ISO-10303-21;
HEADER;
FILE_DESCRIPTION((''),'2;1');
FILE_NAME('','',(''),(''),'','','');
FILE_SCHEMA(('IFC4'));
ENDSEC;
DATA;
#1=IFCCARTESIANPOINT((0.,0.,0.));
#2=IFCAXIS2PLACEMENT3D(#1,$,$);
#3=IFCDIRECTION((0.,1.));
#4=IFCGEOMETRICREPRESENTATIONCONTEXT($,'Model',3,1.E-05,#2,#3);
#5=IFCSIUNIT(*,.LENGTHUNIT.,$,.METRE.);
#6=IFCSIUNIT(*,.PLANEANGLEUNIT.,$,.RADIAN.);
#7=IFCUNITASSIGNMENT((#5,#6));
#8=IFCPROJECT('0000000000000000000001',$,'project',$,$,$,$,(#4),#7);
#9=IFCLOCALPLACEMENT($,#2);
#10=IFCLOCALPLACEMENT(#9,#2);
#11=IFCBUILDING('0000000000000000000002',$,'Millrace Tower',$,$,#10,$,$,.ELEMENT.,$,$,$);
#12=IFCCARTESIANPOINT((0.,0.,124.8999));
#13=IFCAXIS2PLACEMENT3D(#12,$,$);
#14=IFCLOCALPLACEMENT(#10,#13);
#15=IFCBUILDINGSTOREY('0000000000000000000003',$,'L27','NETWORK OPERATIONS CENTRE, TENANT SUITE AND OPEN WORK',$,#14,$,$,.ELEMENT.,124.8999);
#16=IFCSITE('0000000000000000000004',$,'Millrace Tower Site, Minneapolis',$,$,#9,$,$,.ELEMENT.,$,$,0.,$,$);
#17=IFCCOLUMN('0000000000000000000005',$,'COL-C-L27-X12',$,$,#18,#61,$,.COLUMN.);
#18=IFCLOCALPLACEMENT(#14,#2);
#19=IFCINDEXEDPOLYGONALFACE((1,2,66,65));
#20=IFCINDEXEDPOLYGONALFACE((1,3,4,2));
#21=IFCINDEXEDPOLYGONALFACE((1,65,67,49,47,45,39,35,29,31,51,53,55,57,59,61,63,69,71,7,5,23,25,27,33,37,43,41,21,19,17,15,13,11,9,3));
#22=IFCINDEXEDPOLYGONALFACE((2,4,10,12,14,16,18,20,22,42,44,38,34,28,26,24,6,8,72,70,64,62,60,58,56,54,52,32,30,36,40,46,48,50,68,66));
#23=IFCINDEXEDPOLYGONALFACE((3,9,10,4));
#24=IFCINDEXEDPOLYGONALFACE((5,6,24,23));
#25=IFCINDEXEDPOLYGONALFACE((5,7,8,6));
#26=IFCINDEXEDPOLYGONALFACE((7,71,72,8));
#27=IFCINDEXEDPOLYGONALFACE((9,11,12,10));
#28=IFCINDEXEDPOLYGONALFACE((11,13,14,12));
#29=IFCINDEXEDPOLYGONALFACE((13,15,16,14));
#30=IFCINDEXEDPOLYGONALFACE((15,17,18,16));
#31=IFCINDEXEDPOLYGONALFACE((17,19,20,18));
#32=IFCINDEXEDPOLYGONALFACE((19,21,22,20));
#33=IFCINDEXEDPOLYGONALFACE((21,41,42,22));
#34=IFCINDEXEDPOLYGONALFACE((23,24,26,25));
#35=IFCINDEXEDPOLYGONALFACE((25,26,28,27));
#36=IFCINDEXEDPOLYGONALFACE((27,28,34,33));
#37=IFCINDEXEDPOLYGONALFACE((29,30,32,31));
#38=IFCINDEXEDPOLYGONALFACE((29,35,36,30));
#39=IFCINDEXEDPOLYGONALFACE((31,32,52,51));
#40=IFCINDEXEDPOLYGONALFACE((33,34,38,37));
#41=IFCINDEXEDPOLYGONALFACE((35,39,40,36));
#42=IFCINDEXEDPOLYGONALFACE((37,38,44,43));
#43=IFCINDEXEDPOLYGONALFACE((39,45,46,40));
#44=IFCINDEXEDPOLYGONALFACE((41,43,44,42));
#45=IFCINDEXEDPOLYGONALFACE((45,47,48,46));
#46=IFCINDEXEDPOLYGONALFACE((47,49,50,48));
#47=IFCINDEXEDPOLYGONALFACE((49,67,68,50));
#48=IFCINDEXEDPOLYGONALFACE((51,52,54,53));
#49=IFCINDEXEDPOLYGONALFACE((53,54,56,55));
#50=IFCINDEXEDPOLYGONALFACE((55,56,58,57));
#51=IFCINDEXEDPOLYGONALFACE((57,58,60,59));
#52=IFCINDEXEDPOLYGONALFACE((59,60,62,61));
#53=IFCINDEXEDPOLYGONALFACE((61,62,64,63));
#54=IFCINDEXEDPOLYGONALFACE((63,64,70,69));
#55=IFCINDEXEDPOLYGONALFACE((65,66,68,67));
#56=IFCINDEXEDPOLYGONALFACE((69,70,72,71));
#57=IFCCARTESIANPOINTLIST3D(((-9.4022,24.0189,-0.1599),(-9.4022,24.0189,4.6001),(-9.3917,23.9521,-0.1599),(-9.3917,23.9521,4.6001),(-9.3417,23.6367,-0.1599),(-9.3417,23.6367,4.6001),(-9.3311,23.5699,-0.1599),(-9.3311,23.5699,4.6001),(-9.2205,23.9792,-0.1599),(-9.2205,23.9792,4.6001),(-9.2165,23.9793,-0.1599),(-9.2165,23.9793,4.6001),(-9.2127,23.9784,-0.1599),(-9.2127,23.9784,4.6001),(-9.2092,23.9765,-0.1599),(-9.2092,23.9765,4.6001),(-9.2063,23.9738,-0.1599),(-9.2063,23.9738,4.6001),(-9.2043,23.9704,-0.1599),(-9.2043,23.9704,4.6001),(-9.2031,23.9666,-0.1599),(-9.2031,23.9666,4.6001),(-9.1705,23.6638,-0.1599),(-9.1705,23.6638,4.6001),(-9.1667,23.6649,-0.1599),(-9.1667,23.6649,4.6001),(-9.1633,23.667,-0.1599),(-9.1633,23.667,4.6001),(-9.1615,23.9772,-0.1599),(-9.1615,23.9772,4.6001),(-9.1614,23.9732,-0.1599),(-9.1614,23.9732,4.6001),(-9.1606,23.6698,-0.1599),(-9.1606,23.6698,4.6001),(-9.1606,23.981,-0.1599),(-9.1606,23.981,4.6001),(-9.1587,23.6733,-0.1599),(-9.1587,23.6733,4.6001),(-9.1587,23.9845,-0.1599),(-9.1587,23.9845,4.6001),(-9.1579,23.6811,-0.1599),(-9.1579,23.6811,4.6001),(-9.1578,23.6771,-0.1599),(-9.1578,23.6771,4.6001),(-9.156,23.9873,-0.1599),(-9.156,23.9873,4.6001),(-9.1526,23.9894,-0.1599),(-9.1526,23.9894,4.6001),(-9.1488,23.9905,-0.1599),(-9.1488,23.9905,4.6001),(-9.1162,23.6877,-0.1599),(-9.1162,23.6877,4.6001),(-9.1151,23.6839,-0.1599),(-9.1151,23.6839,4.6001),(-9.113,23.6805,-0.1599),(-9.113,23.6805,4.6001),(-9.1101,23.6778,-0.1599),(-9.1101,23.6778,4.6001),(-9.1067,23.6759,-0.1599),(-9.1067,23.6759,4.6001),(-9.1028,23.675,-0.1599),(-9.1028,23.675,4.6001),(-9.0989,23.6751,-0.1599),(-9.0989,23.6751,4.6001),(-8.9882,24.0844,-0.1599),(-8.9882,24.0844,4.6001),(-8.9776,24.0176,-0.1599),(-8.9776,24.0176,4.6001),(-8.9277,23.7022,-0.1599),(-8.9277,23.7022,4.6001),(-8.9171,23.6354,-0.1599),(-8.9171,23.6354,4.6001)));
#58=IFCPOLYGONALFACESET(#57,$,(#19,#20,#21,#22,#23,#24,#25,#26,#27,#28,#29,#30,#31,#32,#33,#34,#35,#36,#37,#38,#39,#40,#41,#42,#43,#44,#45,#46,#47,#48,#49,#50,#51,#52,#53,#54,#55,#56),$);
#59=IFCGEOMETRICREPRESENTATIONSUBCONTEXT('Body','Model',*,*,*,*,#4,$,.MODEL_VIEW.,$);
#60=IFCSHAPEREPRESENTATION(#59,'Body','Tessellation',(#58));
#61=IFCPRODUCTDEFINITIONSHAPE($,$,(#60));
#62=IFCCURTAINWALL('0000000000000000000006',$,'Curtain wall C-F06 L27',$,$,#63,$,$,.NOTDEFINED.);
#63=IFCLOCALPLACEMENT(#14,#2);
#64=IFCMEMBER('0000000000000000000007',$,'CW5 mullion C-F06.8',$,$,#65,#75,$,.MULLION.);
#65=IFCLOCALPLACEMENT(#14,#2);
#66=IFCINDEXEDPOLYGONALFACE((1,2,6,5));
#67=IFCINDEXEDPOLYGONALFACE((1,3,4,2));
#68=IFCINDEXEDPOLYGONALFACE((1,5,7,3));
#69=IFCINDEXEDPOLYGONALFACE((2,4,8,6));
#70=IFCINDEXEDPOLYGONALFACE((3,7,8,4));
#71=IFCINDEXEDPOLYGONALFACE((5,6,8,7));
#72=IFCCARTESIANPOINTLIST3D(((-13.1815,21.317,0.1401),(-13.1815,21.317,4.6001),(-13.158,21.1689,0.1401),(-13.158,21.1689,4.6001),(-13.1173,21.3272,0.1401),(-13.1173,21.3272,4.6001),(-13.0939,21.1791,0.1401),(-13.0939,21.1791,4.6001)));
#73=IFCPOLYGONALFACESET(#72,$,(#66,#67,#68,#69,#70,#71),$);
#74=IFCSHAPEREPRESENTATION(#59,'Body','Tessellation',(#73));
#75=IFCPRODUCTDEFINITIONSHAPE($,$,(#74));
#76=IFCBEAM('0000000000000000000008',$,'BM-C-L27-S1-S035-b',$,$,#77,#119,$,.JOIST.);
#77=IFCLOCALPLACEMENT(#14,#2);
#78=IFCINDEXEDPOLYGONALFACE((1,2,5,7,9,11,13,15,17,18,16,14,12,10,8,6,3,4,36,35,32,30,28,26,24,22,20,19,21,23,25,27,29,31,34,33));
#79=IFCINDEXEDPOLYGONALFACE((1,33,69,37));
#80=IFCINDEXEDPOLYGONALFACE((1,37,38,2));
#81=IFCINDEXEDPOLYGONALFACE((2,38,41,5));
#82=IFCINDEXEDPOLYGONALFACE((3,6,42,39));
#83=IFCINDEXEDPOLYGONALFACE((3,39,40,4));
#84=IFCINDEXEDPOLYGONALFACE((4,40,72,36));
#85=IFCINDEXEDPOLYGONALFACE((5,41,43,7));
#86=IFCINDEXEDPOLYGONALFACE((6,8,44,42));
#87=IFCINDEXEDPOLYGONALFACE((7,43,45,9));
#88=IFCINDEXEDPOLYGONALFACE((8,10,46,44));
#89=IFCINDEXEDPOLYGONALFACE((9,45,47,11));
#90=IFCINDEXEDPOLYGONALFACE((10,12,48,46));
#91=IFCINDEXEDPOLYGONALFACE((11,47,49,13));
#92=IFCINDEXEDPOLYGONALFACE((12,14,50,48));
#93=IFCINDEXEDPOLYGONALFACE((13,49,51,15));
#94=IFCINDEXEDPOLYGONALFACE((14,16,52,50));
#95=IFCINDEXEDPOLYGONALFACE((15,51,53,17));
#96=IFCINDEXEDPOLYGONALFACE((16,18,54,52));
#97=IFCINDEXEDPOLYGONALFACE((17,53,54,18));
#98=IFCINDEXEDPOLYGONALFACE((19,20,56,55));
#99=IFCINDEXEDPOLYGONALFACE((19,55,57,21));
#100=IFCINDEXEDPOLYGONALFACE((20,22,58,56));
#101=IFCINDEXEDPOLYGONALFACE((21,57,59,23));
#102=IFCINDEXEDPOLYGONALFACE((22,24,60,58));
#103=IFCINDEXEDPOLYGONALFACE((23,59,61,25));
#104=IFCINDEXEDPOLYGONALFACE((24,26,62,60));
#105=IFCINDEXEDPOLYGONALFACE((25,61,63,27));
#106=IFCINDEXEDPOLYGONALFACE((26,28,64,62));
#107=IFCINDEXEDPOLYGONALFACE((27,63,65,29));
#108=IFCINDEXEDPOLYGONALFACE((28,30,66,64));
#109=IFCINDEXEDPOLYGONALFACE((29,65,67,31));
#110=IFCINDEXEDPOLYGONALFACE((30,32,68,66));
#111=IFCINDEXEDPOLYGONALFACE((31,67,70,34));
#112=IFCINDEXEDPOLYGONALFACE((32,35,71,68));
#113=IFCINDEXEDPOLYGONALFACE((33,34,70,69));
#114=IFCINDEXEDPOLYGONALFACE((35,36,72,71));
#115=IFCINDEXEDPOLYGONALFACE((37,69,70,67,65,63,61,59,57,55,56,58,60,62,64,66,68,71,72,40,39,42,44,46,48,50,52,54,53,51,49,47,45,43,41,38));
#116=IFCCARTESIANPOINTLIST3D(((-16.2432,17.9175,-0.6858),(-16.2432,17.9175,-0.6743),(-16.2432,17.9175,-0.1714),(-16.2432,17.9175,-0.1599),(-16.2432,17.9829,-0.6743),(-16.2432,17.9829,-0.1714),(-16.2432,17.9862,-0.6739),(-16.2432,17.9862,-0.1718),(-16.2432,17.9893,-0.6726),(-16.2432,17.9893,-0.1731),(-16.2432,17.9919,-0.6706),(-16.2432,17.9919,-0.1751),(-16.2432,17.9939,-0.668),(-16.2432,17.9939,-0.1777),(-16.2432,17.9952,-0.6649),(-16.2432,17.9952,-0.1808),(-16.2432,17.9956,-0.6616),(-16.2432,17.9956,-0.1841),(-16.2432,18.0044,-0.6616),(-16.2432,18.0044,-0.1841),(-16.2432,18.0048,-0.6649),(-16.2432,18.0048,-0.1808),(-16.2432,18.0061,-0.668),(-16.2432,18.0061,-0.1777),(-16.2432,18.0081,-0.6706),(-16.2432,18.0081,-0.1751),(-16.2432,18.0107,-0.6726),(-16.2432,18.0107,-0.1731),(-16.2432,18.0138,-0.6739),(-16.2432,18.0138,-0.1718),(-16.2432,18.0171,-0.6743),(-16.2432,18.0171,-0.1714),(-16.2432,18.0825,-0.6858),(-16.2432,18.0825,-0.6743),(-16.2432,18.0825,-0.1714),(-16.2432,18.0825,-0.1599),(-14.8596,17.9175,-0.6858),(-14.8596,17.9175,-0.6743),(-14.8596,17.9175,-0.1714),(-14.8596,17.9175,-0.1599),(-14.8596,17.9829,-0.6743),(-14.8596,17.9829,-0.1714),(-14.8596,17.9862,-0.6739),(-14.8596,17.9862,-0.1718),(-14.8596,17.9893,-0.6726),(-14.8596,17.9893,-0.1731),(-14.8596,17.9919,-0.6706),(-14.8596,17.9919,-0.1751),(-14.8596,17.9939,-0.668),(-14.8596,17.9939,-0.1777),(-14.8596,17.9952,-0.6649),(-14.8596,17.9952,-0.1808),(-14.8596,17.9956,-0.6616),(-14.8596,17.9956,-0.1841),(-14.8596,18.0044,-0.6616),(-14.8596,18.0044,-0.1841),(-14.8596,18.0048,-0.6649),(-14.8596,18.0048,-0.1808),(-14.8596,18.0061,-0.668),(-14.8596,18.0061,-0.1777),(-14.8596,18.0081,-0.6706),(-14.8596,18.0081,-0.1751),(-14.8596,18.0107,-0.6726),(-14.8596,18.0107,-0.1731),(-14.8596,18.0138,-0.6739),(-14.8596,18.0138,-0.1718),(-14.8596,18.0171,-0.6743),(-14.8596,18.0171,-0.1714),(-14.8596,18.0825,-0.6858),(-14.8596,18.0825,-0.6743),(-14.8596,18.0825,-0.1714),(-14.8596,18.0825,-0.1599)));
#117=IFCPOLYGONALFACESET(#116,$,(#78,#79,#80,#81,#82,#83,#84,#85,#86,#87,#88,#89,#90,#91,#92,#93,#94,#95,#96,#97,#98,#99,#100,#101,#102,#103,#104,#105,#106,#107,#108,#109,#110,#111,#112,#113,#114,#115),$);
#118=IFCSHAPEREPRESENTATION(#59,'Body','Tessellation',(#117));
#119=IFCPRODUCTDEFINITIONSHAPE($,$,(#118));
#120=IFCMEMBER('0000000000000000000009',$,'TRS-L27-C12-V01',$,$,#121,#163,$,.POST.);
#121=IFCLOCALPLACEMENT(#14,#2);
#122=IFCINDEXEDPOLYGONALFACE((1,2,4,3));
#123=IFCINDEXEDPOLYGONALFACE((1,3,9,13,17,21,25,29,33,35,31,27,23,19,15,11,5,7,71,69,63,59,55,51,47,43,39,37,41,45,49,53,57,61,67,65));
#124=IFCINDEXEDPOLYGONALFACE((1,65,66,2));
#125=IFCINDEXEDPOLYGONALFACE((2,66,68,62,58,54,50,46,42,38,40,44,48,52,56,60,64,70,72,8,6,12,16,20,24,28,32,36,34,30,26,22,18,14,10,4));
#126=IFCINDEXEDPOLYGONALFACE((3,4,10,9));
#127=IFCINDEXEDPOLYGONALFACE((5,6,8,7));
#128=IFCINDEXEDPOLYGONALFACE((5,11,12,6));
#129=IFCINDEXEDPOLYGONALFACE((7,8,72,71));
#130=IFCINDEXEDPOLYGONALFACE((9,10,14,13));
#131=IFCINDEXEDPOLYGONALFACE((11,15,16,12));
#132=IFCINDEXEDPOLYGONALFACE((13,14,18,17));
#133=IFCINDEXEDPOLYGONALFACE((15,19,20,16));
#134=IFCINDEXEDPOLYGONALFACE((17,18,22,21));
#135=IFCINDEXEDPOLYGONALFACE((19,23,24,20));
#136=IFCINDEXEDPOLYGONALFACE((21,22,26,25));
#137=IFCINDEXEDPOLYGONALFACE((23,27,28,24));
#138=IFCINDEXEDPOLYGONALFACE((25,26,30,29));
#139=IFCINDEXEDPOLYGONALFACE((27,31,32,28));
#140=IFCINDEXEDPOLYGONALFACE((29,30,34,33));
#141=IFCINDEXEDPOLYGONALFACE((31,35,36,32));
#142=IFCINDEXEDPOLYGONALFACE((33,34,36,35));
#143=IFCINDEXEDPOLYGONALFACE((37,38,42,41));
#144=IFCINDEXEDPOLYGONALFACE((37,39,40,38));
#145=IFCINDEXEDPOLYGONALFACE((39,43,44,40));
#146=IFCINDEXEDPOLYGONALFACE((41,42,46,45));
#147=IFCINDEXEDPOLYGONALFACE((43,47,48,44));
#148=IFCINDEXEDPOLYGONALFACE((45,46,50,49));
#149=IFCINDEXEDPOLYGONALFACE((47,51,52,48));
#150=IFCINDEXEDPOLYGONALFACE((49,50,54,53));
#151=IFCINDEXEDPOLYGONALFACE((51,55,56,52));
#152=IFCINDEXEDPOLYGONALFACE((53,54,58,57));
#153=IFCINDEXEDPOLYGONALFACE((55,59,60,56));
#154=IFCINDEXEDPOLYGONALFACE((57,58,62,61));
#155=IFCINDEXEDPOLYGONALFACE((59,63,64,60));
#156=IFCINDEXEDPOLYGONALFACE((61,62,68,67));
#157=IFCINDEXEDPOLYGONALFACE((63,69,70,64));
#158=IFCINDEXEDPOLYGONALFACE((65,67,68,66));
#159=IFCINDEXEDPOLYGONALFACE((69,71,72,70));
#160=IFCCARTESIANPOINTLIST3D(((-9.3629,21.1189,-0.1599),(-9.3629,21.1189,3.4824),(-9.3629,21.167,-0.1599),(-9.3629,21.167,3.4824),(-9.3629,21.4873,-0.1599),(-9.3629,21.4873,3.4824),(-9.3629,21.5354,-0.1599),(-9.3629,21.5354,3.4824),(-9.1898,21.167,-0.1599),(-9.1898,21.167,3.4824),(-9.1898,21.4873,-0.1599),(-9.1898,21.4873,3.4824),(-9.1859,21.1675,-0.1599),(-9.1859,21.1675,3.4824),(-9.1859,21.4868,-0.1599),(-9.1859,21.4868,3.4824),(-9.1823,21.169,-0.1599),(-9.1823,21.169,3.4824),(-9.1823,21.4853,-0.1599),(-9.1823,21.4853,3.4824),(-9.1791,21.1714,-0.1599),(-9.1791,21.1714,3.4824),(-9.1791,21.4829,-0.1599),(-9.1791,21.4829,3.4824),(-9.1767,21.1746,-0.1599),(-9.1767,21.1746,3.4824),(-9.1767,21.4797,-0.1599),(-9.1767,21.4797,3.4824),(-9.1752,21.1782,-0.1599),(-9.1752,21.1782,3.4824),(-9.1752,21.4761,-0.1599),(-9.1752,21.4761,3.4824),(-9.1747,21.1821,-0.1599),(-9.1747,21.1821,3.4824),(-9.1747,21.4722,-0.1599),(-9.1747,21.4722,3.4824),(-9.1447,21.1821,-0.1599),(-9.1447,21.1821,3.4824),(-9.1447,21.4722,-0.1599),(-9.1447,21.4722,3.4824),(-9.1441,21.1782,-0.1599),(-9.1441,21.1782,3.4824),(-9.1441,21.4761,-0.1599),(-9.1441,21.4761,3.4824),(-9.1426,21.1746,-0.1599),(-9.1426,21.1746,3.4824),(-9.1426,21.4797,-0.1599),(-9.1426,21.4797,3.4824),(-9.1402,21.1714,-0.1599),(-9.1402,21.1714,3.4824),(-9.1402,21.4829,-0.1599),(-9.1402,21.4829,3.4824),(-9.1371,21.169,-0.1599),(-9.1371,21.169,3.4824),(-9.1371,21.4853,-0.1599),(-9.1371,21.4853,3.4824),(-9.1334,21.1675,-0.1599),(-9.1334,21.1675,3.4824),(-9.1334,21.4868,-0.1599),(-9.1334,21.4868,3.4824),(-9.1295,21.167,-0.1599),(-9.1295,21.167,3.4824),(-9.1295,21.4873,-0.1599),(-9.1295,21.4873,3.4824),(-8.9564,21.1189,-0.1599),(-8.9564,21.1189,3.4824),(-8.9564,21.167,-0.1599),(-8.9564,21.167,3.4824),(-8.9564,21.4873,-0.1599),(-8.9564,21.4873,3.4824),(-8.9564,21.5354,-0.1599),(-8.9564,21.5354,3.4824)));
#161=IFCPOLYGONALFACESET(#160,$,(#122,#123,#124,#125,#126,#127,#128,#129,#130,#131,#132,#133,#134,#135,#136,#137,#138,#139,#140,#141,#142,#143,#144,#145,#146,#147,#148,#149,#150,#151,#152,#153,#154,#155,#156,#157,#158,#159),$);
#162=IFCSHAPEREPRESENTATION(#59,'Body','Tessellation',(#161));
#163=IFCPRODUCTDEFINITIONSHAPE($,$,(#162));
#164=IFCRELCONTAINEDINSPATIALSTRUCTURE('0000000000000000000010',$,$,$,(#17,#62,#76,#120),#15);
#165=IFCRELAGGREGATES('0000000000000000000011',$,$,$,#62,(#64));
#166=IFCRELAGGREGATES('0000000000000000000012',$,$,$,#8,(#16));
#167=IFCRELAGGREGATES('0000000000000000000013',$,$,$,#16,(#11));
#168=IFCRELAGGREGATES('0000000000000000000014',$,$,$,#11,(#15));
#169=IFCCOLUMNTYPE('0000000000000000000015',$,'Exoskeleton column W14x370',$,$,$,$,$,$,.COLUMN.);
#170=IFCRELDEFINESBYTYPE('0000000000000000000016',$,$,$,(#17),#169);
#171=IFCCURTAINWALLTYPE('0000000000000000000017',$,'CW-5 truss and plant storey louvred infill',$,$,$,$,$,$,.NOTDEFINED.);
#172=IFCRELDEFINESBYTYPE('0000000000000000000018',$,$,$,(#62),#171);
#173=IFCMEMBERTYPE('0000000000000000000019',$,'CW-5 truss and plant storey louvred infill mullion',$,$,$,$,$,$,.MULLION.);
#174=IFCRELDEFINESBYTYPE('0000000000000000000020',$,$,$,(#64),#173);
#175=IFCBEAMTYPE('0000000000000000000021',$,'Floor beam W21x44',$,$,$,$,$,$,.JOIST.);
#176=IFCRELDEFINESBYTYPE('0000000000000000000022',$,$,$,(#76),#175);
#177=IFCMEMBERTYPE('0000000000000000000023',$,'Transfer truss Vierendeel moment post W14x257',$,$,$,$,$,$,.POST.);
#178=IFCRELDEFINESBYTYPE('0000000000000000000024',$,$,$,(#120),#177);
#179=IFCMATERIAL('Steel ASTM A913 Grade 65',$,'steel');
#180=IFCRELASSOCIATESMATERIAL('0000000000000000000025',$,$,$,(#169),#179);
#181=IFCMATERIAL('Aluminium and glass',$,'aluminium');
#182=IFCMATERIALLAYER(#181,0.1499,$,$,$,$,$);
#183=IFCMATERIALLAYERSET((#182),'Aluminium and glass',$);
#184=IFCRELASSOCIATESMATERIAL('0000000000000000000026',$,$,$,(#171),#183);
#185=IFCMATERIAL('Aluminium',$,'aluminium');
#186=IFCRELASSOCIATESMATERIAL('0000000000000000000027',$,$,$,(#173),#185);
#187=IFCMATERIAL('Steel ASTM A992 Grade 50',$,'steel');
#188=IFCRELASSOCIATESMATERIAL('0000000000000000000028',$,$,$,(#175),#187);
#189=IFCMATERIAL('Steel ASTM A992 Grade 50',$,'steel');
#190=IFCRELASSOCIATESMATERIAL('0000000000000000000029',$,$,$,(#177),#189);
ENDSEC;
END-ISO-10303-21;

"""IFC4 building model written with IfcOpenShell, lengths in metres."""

from ifc_helpers import new_model, si_unit, direction, frame, origin, origin_2d, place, context, subcontext, project, spatial, rectangle, i_section, extrude, material, layer, layer_set, material_profile, profile_set, type_object, element, aggregate, save


model = new_model("IFC4")

# Units and contexts
model_context = context("Model", 3, precision=1e-05, world=origin(), true_north=direction((0.0, 1.0)))
body_context = subcontext(model_context, "Body", "Model", "MODEL_VIEW")
ifc_project = project(units=[si_unit("LENGTHUNIT", "METRE"), si_unit("PLANEANGLEUNIT", "RADIAN")], contexts=[model_context])

# Site, building, storey
site_placement = place(None, origin())
site = spatial("IfcSite", under=ifc_project, at=site_placement, Name="Millrace Tower Site, Minneapolis", CompositionType="ELEMENT", RefElevation=0.0)
building_placement = place(site_placement, origin())
building = spatial("IfcBuilding", under=site, at=building_placement, Name="Millrace Tower", CompositionType="ELEMENT")
storey_placement = place(building_placement, frame((0.0, 0.0, 124.8999)))
storey = spatial("IfcBuildingStorey", under=building, at=storey_placement, Name="L27", Description="NETWORK OPERATIONS CENTRE, TENANT SUITE AND OPEN WORK", CompositionType="ELEMENT", Elevation=124.8999)

# Column
ifc_material_1 = material(Name="Steel ASTM A913 Grade 65", Category="steel")
ifc_material_profile_1 = material_profile(ifc_material_1, i_section(OverallWidth=0.4192, OverallDepth=0.4546, WebThickness=0.0422, FlangeThickness=0.0676, FilletRadius=0.0151, at=origin_2d()))
ifc_profile_set_1 = profile_set([ifc_material_profile_1], Name="Steel ASTM A913 Grade 65")
column_type = type_object("IfcColumnType", Name="Exoskeleton column W14x370", PredefinedType="COLUMN", material=ifc_profile_set_1)
column_placement = place(storey_placement, frame((-9.1597, 23.8271, -0.1599), z_axis=(0.0, 0.0, 1.0), x_axis=(-0.987688, -0.156434, 0.0)))
element("IfcColumn", 1, at=column_placement, inside=storey, type_object=column_type, Name="COL-C-L27-X12", PredefinedType="COLUMN", context=body_context, shape_type="SweptSolid", body=[
    extrude(i_section(OverallWidth=0.4192, OverallDepth=0.4546, WebThickness=0.0422, FlangeThickness=0.0676, FilletRadius=0.0151, at=origin_2d()), origin(), (0.0, 0.0, 1.0), 4.76),
])

# Curtain wall, member
ifc_material_2 = material(Name="Aluminium and glass", Category="aluminium")
ifc_layer_1 = layer(ifc_material_2, 0.1499)
ifc_layer_set_1 = layer_set([ifc_layer_1], Name="Aluminium and glass")
curtain_wall_type = type_object("IfcCurtainWallType", Name="CW-5 truss and plant storey louvred infill", PredefinedType="NOTDEFINED", material=ifc_layer_set_1)
curtain_wall_placement = place(storey_placement, origin())
curtain_wall = element("IfcCurtainWall", 2, at=curtain_wall_placement, inside=storey, type_object=curtain_wall_type, Name="Curtain wall C-F06 L27", PredefinedType="NOTDEFINED")
ifc_material_3 = material(Name="Aluminium", Category="aluminium")
ifc_material_profile_2 = material_profile(ifc_material_3, rectangle(XDim=0.0649, YDim=0.1499, at=origin_2d()))
ifc_profile_set_2 = profile_set([ifc_material_profile_2], Name="Aluminium")
member_type_1 = type_object("IfcMemberType", Name="CW-5 truss and plant storey louvred infill mullion", PredefinedType="MULLION", material=ifc_profile_set_2)
member_1_placement = place(storey_placement, frame((-13.1377, 21.248, 0.1401), z_axis=(0.0, 0.0, 1.0), x_axis=(-0.987688, -0.156434, 0.0)))
member_1 = element("IfcMember", 3, at=member_1_placement, type_object=member_type_1, Name="CW5 mullion C-F06.8", PredefinedType="MULLION", context=body_context, shape_type="SweptSolid", body=[
    extrude(rectangle(XDim=0.0649, YDim=0.1499, at=origin_2d()), origin(), (0.0, 0.0, 1.0), 4.46),
])
aggregate(curtain_wall, [member_1])

# Beam
ifc_material_4 = material(Name="Steel ASTM A992 Grade 50", Category="steel")
ifc_material_profile_3 = material_profile(ifc_material_4, i_section(OverallWidth=0.165, OverallDepth=0.5259, WebThickness=0.0088, FlangeThickness=0.0115, FilletRadius=0.0127, at=origin_2d()))
ifc_profile_set_3 = profile_set([ifc_material_profile_3], Name="Steel ASTM A992 Grade 50")
beam_type_1 = type_object("IfcBeamType", Name="Floor beam W21x44", PredefinedType="JOIST", material=ifc_profile_set_3)
beam_1_placement = place(storey_placement, frame((-16.2432, 18.0, -0.4229), z_axis=(1.0, 0.0, 0.0), x_axis=(0.0, 1.0, 0.0)))
element("IfcBeam", 4, at=beam_1_placement, inside=storey, type_object=beam_type_1, Name="BM-C-L27-S1-S035-b", PredefinedType="JOIST", context=body_context, shape_type="SweptSolid", body=[
    extrude(i_section(OverallWidth=0.165, OverallDepth=0.5259, WebThickness=0.0088, FlangeThickness=0.0115, FilletRadius=0.0127, at=origin_2d()), origin(), (0.0, 0.0, 1.0), 1.3835),
])

# Member
ifc_material_5 = material(Name="Steel ASTM A992 Grade 50", Category="steel")
ifc_material_profile_4 = material_profile(ifc_material_5, i_section(OverallWidth=0.4065, OverallDepth=0.4165, WebThickness=0.03, FlangeThickness=0.0481, FilletRadius=0.0151, at=origin_2d()))
ifc_profile_set_4 = profile_set([ifc_material_profile_4], Name="Steel ASTM A992 Grade 50")
member_type_2 = type_object("IfcMemberType", Name="Transfer truss Vierendeel moment post W14x257", PredefinedType="POST", material=ifc_profile_set_4)
for number, where, z_axis, x_axis, name in (
    (5, (-9.1597, 21.3271, -0.1599), (0.0, 0.0, 1.0), (1.0, 0.0, 0.0), "TRS-L27-C12-V01"),
):
    element("IfcMember", number, at=place(storey_placement, frame(where, z_axis=z_axis, x_axis=x_axis)), inside=storey, type_object=member_type_2, Name=name, PredefinedType="POST", context=body_context, shape_type="SweptSolid", body=[
        extrude(i_section(OverallWidth=0.4065, OverallDepth=0.4165, WebThickness=0.03, FlangeThickness=0.0481, FilletRadius=0.0151, at=origin_2d()), origin(), (0.0, 0.0, 1.0), 3.6423),
    ])

save(model, "model.ifc")
